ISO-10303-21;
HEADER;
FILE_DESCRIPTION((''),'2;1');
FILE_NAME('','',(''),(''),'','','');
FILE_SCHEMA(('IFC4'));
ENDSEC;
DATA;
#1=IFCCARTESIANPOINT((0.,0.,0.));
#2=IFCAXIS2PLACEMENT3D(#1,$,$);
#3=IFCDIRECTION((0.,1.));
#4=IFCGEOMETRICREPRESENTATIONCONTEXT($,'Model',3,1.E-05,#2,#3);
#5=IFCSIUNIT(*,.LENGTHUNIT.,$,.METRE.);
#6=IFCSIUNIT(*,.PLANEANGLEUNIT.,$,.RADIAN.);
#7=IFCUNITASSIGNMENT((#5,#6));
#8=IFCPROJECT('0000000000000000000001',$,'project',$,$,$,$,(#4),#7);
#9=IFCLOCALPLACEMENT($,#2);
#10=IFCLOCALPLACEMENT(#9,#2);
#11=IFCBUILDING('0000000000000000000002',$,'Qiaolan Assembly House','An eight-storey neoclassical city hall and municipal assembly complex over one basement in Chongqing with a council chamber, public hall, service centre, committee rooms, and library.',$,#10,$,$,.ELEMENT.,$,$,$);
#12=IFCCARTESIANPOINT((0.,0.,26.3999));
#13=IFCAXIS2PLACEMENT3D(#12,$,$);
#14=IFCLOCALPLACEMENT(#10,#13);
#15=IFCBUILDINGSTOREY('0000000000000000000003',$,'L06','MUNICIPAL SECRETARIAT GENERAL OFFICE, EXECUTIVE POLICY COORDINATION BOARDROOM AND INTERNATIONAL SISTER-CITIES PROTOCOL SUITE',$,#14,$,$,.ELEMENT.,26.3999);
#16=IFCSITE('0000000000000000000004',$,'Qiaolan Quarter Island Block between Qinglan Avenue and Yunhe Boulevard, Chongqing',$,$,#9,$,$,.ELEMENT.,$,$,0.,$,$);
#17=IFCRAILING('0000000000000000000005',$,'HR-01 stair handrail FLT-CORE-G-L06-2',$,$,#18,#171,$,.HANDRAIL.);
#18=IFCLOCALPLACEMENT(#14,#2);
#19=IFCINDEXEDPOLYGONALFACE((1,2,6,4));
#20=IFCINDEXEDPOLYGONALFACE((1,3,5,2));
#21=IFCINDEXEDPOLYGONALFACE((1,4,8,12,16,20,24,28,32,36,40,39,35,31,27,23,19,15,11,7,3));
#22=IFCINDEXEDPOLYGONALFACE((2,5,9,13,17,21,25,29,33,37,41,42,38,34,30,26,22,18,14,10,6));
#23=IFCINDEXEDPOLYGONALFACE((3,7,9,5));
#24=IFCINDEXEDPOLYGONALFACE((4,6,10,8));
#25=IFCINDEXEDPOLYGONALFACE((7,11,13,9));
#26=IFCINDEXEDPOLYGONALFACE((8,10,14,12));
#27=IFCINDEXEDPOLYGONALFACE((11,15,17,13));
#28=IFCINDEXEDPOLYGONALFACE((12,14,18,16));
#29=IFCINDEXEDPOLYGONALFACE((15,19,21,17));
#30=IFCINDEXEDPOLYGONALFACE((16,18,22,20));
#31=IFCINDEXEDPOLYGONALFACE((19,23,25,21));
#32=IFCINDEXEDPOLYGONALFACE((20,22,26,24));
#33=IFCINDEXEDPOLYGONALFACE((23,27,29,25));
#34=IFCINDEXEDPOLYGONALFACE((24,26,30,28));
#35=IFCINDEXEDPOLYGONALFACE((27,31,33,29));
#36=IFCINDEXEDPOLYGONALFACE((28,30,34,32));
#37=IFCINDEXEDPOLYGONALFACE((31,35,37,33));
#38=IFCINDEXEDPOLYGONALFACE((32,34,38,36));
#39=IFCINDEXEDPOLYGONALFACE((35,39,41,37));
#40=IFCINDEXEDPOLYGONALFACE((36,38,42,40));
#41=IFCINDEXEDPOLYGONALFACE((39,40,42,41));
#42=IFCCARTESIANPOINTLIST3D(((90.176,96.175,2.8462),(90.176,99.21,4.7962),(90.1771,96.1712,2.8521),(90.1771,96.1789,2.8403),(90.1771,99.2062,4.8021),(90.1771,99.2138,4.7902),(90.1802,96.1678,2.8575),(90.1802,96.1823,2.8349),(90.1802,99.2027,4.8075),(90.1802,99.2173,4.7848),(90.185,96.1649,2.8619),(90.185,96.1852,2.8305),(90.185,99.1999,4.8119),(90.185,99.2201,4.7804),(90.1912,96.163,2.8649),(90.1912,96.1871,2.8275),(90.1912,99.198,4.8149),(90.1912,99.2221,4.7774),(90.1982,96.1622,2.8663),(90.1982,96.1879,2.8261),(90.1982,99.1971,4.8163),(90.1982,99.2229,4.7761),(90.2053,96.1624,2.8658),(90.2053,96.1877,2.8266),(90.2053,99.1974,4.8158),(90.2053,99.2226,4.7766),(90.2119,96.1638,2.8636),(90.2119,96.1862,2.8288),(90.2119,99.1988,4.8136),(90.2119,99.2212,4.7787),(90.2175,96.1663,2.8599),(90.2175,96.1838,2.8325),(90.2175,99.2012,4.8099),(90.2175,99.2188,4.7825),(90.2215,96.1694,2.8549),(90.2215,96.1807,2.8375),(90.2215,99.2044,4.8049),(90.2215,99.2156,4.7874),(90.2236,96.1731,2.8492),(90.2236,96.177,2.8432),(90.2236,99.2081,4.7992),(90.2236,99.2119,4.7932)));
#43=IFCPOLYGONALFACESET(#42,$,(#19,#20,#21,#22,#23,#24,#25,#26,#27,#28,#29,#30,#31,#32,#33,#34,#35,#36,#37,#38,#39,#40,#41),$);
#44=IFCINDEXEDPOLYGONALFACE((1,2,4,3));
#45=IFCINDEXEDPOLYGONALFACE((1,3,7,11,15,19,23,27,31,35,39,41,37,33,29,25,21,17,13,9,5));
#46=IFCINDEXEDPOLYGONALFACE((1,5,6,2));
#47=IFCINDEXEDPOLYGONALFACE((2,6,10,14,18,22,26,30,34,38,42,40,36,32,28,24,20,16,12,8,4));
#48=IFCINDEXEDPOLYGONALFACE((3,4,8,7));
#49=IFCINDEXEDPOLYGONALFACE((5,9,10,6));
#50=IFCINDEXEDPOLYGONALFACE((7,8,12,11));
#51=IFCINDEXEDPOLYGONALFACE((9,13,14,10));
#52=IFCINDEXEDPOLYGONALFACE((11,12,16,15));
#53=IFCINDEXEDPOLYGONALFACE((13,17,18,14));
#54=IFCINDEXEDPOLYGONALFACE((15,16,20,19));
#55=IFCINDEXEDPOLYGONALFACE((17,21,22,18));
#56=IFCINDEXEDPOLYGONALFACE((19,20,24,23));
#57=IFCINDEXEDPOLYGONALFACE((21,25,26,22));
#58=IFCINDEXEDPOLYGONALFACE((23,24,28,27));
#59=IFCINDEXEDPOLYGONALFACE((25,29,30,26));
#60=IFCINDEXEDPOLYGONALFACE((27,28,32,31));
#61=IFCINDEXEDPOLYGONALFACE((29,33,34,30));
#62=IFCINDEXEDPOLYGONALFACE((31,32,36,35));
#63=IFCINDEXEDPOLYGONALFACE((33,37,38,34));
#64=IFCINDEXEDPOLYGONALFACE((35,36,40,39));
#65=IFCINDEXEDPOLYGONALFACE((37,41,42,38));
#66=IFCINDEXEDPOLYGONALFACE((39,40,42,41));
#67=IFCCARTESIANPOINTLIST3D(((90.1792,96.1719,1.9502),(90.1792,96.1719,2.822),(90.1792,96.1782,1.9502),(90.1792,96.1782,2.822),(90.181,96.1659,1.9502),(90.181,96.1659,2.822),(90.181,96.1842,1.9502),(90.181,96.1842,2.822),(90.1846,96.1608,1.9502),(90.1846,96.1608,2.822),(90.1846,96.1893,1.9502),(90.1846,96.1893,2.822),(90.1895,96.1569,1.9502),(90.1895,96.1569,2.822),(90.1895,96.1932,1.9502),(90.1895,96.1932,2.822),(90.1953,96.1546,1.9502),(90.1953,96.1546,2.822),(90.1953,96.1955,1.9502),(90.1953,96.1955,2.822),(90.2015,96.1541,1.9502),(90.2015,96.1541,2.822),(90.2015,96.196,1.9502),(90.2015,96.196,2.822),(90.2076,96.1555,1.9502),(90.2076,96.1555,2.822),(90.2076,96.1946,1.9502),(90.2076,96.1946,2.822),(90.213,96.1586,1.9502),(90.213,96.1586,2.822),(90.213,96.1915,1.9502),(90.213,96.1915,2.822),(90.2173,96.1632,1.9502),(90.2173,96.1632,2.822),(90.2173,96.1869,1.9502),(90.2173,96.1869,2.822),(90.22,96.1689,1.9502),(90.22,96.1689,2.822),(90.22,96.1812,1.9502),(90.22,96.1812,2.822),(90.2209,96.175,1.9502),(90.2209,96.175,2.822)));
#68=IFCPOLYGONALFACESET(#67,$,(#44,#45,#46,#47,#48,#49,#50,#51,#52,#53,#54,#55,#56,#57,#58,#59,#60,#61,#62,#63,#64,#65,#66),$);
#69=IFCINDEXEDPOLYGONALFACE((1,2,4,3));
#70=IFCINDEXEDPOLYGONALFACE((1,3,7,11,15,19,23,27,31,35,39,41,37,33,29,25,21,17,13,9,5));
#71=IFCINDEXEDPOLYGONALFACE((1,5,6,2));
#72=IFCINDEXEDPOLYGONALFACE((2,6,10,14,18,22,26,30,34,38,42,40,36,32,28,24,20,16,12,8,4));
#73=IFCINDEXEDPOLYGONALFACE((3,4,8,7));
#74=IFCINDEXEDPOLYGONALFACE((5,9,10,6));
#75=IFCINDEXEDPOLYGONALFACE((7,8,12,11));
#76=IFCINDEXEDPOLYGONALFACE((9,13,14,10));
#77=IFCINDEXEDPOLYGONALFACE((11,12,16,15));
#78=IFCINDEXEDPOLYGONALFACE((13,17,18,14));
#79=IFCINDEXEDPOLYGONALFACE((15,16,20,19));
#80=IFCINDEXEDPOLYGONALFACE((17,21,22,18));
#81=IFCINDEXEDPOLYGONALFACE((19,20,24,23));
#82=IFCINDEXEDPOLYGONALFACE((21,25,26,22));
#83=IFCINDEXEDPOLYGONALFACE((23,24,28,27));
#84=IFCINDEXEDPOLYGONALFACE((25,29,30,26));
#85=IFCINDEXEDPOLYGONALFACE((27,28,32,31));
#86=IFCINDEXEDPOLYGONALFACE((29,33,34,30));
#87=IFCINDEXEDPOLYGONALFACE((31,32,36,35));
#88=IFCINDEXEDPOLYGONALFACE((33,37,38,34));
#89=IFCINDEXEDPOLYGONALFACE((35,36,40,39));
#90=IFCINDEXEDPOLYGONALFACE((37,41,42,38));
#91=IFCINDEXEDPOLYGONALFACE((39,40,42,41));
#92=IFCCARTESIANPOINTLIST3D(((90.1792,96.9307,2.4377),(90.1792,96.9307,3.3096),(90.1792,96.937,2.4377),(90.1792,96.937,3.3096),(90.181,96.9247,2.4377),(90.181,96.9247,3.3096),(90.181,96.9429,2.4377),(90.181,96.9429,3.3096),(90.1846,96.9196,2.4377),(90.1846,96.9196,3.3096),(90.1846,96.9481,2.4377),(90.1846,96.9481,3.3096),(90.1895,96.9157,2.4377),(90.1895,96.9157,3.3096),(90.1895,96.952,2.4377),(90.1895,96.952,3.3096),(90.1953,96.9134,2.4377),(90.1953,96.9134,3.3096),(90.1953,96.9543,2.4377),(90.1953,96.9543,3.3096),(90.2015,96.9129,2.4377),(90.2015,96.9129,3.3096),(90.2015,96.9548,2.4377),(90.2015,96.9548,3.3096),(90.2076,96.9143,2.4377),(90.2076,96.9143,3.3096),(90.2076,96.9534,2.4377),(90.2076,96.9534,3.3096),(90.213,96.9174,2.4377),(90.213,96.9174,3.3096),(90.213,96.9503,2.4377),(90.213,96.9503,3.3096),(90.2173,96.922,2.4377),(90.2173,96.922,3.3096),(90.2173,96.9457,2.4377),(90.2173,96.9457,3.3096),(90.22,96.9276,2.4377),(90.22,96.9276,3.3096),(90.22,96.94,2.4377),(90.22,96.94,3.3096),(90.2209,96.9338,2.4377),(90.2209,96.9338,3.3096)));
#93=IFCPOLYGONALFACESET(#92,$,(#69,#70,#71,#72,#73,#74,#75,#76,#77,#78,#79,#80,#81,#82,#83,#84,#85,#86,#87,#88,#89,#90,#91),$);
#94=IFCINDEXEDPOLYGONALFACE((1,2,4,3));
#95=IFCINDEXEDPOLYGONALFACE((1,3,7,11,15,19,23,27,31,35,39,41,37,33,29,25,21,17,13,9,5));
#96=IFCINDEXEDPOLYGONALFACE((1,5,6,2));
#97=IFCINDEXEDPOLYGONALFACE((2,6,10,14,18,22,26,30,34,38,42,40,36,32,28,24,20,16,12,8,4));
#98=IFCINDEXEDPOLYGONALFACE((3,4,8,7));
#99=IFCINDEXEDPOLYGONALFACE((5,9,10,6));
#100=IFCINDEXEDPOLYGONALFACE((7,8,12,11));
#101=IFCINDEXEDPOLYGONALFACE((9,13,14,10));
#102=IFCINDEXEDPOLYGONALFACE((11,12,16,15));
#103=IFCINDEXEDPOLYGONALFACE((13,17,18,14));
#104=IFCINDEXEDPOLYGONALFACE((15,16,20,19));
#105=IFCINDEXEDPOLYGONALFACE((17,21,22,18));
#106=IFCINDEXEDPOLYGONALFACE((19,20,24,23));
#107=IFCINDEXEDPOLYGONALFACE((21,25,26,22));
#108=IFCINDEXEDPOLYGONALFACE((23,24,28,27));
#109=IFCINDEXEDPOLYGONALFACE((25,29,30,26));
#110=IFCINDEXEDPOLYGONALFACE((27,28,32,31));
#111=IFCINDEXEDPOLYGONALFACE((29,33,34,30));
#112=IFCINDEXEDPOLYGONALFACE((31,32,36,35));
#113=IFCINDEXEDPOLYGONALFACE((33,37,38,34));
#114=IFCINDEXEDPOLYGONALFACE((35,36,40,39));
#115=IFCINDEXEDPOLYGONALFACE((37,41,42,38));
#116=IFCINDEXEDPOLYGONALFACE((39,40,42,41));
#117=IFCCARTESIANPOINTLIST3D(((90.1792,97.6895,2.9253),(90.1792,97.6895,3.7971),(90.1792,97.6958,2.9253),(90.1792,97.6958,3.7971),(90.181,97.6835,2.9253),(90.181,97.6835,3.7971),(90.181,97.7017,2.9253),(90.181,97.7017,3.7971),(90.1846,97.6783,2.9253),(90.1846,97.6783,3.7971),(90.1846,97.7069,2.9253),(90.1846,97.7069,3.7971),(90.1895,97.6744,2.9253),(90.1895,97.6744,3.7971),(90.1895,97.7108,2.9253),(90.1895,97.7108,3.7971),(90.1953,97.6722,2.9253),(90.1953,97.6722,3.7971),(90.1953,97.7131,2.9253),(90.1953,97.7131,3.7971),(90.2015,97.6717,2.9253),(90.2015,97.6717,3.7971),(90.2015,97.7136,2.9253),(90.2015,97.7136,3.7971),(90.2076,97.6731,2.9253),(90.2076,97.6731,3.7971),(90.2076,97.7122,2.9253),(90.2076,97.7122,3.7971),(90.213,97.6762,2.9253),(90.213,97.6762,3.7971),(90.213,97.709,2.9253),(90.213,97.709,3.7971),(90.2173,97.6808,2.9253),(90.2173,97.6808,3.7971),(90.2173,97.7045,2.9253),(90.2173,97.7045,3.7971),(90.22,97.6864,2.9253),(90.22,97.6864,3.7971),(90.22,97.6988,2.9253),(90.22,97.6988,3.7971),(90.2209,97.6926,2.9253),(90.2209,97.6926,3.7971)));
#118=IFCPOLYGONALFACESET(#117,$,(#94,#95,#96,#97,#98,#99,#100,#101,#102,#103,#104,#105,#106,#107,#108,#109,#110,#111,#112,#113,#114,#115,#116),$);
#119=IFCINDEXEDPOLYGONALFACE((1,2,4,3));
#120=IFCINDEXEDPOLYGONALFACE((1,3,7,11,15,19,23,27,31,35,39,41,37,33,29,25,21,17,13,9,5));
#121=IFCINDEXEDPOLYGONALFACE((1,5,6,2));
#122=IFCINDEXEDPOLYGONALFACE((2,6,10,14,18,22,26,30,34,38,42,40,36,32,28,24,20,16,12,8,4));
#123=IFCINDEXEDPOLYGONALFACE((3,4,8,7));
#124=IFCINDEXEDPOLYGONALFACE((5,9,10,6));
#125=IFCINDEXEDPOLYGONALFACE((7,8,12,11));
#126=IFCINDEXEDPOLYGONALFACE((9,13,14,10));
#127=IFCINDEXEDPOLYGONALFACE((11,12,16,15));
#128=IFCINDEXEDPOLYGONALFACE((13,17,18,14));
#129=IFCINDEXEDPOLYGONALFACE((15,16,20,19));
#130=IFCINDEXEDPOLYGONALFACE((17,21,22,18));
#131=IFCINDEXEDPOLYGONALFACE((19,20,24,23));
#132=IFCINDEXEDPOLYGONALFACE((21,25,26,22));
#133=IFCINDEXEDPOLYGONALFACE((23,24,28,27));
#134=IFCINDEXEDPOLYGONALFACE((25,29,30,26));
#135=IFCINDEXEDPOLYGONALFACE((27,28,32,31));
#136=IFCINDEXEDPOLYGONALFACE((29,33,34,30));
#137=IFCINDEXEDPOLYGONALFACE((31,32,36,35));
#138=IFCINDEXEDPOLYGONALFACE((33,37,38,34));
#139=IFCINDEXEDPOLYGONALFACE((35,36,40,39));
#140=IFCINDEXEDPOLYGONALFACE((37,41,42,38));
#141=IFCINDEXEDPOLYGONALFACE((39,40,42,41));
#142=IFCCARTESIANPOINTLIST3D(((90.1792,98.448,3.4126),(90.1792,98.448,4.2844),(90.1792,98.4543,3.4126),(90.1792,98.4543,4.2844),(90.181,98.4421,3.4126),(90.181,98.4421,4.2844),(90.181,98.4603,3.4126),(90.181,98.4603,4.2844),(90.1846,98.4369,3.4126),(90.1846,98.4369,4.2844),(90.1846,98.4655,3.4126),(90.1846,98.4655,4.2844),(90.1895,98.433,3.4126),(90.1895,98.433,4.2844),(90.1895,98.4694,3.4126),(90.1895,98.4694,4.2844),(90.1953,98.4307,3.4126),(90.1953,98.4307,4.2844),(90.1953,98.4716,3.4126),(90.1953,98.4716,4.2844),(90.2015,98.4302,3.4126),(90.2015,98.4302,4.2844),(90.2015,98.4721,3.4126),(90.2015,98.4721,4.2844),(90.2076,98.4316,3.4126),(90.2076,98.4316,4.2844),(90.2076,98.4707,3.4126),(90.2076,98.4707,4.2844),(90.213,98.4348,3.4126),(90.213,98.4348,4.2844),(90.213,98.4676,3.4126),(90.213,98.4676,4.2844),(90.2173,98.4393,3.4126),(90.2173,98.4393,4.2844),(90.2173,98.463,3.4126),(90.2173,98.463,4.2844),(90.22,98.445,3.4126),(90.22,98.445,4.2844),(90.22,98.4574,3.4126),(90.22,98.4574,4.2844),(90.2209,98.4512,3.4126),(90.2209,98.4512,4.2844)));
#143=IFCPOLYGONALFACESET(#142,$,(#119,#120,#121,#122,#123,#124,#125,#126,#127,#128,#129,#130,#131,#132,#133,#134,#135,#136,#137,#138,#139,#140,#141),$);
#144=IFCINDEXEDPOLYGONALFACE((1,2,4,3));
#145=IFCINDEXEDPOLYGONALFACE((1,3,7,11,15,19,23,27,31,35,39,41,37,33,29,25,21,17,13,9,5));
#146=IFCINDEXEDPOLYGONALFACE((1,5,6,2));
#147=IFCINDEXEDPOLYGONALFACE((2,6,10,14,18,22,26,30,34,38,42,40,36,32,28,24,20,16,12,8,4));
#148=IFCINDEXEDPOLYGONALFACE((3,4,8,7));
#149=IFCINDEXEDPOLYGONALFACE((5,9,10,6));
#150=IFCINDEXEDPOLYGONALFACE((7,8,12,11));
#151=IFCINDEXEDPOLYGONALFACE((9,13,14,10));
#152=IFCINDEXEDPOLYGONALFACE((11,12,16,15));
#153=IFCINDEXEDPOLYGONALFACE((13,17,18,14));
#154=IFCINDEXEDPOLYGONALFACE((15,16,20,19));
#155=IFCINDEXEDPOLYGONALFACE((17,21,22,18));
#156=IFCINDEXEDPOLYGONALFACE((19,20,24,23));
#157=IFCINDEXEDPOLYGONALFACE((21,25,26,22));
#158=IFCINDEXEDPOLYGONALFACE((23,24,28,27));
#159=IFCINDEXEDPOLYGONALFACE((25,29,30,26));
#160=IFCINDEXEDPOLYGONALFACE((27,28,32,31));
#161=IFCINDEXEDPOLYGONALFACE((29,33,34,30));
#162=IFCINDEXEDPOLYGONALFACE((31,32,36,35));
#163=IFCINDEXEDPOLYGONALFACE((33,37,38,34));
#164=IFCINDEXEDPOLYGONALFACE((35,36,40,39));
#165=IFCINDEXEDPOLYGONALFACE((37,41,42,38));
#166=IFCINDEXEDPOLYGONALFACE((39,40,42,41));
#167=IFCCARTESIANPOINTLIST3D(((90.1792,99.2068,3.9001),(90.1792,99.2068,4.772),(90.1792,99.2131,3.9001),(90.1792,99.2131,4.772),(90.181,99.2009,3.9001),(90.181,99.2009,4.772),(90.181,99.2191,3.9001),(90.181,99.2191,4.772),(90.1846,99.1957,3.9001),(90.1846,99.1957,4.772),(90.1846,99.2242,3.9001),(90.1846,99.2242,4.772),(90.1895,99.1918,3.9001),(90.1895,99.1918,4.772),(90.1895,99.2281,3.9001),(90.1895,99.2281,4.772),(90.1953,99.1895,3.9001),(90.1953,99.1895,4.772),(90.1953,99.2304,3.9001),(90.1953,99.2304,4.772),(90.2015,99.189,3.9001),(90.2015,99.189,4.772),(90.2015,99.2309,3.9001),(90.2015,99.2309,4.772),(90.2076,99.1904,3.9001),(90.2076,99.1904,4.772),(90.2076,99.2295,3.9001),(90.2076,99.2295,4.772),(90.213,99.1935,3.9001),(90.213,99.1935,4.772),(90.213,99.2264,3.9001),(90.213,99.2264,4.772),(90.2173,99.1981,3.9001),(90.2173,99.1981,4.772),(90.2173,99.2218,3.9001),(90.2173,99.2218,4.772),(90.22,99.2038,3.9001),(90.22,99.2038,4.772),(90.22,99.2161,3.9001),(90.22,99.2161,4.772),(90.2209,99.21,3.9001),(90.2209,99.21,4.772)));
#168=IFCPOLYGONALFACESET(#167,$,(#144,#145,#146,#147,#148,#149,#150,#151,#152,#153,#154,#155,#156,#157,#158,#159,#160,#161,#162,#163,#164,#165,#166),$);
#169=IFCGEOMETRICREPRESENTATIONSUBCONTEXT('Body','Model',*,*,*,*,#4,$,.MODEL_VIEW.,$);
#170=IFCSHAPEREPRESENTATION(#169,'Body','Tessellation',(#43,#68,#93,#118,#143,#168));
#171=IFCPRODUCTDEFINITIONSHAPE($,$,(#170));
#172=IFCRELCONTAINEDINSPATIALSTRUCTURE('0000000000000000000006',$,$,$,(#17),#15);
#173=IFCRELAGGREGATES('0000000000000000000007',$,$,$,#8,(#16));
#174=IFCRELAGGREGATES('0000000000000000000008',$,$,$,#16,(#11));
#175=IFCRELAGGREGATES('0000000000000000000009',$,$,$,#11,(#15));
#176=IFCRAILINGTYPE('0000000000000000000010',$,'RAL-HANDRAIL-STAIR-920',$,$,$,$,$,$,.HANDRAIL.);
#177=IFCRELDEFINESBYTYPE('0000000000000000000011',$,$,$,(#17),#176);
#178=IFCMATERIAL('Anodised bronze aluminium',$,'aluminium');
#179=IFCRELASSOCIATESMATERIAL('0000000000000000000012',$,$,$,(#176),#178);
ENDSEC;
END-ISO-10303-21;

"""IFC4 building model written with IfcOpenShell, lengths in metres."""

from ifc_helpers import new_model, si_unit, direction, frame, origin, origin_2d, place, context, subcontext, project, spatial, circle, extrude, material, type_object, element, save


model = new_model("IFC4")

# Units and contexts
model_context = context("Model", 3, precision=1e-05, world=origin(), true_north=direction((0.0, 1.0)))
body_context = subcontext(model_context, "Body", "Model", "MODEL_VIEW")
ifc_project = project(units=[si_unit("LENGTHUNIT", "METRE"), si_unit("PLANEANGLEUNIT", "RADIAN")], contexts=[model_context])

# Site, building, storey
site_placement = place(None, origin())
site = spatial("IfcSite", under=ifc_project, at=site_placement, Name="Qiaolan Quarter Island Block between Qinglan Avenue and Yunhe Boulevard, Chongqing", CompositionType="ELEMENT", RefElevation=0.0)
building_placement = place(site_placement, origin())
building = spatial("IfcBuilding", under=site, at=building_placement, Name="Qiaolan Assembly House", Description="An eight-storey neoclassical city hall and municipal assembly complex over one basement in Chongqing with a council chamber, public hall, service centre, committee rooms, and library.", CompositionType="ELEMENT")
storey_placement = place(building_placement, frame((0.0, 0.0, 26.3999)))
storey = spatial("IfcBuildingStorey", under=building, at=storey_placement, Name="L06", Description="MUNICIPAL SECRETARIAT GENERAL OFFICE, EXECUTIVE POLICY COORDINATION BOARDROOM AND INTERNATIONAL SISTER-CITIES PROTOCOL SUITE", CompositionType="ELEMENT", Elevation=26.3999)

# Railing
ifc_material_1 = material(Name="Anodised bronze aluminium", Category="aluminium")
railing_type_1 = type_object("IfcRailingType", Name="RAL-HANDRAIL-STAIR-920", PredefinedType="HANDRAIL", material=ifc_material_1)
railing_1_placement = place(storey_placement, frame((90.2, 96.175, 1.9502)))
element("IfcRailing", 1, at=railing_1_placement, inside=storey, type_object=railing_type_1, Name="HR-01 stair handrail FLT-CORE-G-L06-2", PredefinedType="HANDRAIL", context=body_context, shape_type="SweptSolid", body=[
    extrude(circle(Radius=0.0239, at=origin_2d()), frame((0.0, 0.0, 0.896), z_axis=(0.0, 0.841313, 0.540549), x_axis=(-1.0, 0.0, 0.0)), (0.0, 0.0, 1.0), 3.6074),
    extrude(circle(Radius=0.021, at=origin_2d()), origin(), (0.0, 0.0, 1.0), 0.8718),
    extrude(circle(Radius=0.021, at=origin_2d()), frame((0.0, 0.7588, 0.4875)), (0.0, 0.0, 1.0), 0.8718),
    extrude(circle(Radius=0.021, at=origin_2d()), frame((0.0, 1.5176, 0.9751)), (0.0, 0.0, 1.0), 0.8718),
    extrude(circle(Radius=0.021, at=origin_2d()), frame((0.0, 2.2761, 1.4624)), (0.0, 0.0, 1.0), 0.8718),
    extrude(circle(Radius=0.021, at=origin_2d()), frame((0.0, 3.0349, 1.95)), (0.0, 0.0, 1.0), 0.8718),
])

save(model, "model.ifc")
